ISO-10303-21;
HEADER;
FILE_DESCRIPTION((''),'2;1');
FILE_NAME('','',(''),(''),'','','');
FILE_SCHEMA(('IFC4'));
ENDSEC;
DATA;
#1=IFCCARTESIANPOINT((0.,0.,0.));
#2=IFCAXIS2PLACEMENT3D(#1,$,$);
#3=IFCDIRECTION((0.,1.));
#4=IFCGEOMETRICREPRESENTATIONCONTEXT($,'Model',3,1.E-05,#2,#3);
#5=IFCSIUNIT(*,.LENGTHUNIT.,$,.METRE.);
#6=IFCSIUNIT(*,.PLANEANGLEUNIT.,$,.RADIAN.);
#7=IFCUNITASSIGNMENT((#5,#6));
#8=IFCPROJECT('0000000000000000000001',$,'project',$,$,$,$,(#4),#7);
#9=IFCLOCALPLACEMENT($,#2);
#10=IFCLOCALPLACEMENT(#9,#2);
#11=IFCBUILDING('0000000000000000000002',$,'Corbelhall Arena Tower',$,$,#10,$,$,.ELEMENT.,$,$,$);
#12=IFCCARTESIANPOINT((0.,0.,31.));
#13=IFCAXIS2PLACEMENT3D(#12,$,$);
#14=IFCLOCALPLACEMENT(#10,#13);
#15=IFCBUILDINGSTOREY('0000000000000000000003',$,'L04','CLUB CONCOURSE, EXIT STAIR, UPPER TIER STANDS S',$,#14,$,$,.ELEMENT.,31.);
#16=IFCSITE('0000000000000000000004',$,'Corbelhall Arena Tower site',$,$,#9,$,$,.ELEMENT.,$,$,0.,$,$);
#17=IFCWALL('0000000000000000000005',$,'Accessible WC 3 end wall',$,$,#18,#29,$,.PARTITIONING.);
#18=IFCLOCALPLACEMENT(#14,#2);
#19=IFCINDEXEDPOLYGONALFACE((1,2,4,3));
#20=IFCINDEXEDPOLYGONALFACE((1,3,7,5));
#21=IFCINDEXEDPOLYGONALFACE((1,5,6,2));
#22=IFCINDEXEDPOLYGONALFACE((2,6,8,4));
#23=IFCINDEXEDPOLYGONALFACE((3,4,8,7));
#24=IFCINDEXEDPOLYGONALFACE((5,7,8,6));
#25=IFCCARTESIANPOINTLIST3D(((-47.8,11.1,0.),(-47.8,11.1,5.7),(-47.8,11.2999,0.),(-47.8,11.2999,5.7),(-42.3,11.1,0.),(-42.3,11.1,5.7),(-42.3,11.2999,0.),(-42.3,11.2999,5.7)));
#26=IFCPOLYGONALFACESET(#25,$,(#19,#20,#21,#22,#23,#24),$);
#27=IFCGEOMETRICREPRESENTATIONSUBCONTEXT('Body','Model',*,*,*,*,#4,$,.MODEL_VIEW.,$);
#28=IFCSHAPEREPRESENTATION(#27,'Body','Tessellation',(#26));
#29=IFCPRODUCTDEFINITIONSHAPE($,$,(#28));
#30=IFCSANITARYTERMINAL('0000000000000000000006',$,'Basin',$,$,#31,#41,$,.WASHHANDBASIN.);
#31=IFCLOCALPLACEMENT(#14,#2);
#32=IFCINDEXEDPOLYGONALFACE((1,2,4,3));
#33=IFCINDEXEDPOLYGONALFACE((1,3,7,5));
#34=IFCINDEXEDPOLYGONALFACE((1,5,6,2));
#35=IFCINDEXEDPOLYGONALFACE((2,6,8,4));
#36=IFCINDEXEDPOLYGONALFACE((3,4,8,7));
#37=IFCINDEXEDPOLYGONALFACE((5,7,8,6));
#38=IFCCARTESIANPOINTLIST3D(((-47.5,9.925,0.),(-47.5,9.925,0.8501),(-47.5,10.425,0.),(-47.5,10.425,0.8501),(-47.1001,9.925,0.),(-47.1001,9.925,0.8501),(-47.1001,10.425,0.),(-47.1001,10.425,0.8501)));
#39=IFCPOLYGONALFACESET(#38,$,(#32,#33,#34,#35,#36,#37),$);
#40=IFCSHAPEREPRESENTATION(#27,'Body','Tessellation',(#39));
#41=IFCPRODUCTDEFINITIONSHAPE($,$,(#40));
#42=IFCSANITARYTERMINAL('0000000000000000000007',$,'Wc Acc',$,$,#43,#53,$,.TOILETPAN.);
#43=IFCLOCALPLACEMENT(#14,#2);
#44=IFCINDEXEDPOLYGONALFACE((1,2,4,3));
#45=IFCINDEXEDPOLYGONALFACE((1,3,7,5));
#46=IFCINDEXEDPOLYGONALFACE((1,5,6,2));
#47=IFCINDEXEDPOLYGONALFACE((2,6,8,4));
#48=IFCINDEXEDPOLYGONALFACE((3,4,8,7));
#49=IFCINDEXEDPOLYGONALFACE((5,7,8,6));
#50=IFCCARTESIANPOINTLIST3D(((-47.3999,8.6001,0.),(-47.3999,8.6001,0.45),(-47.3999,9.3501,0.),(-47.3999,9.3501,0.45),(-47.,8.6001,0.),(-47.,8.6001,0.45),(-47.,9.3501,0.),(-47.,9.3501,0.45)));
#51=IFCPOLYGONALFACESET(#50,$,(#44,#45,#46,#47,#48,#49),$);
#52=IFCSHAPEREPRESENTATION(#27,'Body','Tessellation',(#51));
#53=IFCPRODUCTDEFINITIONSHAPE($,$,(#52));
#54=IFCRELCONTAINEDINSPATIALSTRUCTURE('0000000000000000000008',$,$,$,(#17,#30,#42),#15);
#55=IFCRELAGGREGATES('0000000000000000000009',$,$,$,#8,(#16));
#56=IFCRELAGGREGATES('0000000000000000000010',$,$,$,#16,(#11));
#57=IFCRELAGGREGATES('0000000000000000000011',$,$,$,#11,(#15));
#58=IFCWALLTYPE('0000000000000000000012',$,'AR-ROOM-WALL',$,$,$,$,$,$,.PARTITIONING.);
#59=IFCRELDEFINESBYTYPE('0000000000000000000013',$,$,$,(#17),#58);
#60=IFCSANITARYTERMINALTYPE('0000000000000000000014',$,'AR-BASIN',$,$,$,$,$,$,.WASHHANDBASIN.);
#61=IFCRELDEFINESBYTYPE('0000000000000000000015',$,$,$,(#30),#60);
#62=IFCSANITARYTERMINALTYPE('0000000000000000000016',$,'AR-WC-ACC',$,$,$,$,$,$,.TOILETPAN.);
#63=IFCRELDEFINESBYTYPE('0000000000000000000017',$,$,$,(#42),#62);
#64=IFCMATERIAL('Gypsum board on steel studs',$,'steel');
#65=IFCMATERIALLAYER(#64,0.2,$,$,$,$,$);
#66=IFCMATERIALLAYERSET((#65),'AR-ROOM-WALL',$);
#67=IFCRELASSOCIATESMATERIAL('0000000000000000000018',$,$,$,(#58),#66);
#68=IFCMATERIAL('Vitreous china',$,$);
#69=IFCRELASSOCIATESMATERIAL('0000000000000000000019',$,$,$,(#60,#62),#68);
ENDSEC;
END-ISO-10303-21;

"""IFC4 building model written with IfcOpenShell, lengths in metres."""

from ifc_helpers import new_model, si_unit, direction, frame, frame_2d, origin, origin_2d, place, context, subcontext, project, spatial, rectangle, extrude, material, layer, layer_set, type_object, element, save


model = new_model("IFC4")

# Units and contexts
model_context = context("Model", 3, precision=1e-05, world=origin(), true_north=direction((0.0, 1.0)))
body_context = subcontext(model_context, "Body", "Model", "MODEL_VIEW")
ifc_project = project(units=[si_unit("LENGTHUNIT", "METRE"), si_unit("PLANEANGLEUNIT", "RADIAN")], contexts=[model_context])

# Site, building, storey
site_placement = place(None, origin())
site = spatial("IfcSite", under=ifc_project, at=site_placement, Name="Corbelhall Arena Tower site", CompositionType="ELEMENT", RefElevation=0.0)
building_placement = place(site_placement, origin())
building = spatial("IfcBuilding", under=site, at=building_placement, Name="Corbelhall Arena Tower", CompositionType="ELEMENT")
storey_placement = place(building_placement, frame((0.0, 0.0, 31.0)))
storey = spatial("IfcBuildingStorey", under=building, at=storey_placement, Name="L04", Description="CLUB CONCOURSE, EXIT STAIR, UPPER TIER STANDS S", CompositionType="ELEMENT", Elevation=31.0)

# Shared definitions
ifc_material_1 = material(Name="Gypsum board on steel studs", Category="steel")
ifc_layer_1 = layer(ifc_material_1, 0.2)
ifc_layer_set_1 = layer_set([ifc_layer_1], Name="AR-ROOM-WALL")
wall_type = type_object("IfcWallType", Name="AR-ROOM-WALL", PredefinedType="PARTITIONING", material=ifc_layer_set_1)

# Wall
wall_1_placement = place(storey_placement, frame((-42.3, 11.2, 0.0), z_axis=(0.0, 0.0, 1.0), x_axis=(-1.0, 0.0, 0.0)))
element("IfcWall", 1, at=wall_1_placement, inside=storey, type_object=wall_type, Name="Accessible WC 3 end wall", PredefinedType="PARTITIONING", context=body_context, shape_type="SweptSolid", body=[
    extrude(rectangle(XDim=5.5, YDim=0.2, at=frame_2d((2.75, 0.0))), origin(), (0.0, 0.0, 1.0), 5.7),
])

# Sanitary terminals
ifc_material_2 = material(Name="Vitreous china")
sanitary_terminal_type_1 = type_object("IfcSanitaryTerminalType", Name="AR-BASIN", PredefinedType="WASHHANDBASIN", material=ifc_material_2)
sanitary_terminal_1_placement = place(storey_placement, frame((-47.3, 10.175, 0.0), z_axis=(0.0, 0.0, 1.0), x_axis=(1.0, 0.0, 0.0)))
element("IfcSanitaryTerminal", 2, at=sanitary_terminal_1_placement, inside=storey, type_object=sanitary_terminal_type_1, Name="Basin", PredefinedType="WASHHANDBASIN", context=body_context, shape_type="SweptSolid", body=[
    extrude(rectangle(XDim=0.3999, YDim=0.5, at=origin_2d()), origin(), (0.0, 0.0, 1.0), 0.8501),
])
sanitary_terminal_type_2 = type_object("IfcSanitaryTerminalType", Name="AR-WC-ACC", PredefinedType="TOILETPAN", material=ifc_material_2)
sanitary_terminal_2_placement = place(storey_placement, frame((-47.2, 8.9751, 0.0), z_axis=(0.0, 0.0, 1.0), x_axis=(1.0, 0.0, 0.0)))
element("IfcSanitaryTerminal", 3, at=sanitary_terminal_2_placement, inside=storey, type_object=sanitary_terminal_type_2, Name="Wc Acc", PredefinedType="TOILETPAN", context=body_context, shape_type="SweptSolid", body=[
    extrude(rectangle(XDim=0.3999, YDim=0.75, at=origin_2d()), origin(), (0.0, 0.0, 1.0), 0.45),
])

save(model, "model.ifc")
